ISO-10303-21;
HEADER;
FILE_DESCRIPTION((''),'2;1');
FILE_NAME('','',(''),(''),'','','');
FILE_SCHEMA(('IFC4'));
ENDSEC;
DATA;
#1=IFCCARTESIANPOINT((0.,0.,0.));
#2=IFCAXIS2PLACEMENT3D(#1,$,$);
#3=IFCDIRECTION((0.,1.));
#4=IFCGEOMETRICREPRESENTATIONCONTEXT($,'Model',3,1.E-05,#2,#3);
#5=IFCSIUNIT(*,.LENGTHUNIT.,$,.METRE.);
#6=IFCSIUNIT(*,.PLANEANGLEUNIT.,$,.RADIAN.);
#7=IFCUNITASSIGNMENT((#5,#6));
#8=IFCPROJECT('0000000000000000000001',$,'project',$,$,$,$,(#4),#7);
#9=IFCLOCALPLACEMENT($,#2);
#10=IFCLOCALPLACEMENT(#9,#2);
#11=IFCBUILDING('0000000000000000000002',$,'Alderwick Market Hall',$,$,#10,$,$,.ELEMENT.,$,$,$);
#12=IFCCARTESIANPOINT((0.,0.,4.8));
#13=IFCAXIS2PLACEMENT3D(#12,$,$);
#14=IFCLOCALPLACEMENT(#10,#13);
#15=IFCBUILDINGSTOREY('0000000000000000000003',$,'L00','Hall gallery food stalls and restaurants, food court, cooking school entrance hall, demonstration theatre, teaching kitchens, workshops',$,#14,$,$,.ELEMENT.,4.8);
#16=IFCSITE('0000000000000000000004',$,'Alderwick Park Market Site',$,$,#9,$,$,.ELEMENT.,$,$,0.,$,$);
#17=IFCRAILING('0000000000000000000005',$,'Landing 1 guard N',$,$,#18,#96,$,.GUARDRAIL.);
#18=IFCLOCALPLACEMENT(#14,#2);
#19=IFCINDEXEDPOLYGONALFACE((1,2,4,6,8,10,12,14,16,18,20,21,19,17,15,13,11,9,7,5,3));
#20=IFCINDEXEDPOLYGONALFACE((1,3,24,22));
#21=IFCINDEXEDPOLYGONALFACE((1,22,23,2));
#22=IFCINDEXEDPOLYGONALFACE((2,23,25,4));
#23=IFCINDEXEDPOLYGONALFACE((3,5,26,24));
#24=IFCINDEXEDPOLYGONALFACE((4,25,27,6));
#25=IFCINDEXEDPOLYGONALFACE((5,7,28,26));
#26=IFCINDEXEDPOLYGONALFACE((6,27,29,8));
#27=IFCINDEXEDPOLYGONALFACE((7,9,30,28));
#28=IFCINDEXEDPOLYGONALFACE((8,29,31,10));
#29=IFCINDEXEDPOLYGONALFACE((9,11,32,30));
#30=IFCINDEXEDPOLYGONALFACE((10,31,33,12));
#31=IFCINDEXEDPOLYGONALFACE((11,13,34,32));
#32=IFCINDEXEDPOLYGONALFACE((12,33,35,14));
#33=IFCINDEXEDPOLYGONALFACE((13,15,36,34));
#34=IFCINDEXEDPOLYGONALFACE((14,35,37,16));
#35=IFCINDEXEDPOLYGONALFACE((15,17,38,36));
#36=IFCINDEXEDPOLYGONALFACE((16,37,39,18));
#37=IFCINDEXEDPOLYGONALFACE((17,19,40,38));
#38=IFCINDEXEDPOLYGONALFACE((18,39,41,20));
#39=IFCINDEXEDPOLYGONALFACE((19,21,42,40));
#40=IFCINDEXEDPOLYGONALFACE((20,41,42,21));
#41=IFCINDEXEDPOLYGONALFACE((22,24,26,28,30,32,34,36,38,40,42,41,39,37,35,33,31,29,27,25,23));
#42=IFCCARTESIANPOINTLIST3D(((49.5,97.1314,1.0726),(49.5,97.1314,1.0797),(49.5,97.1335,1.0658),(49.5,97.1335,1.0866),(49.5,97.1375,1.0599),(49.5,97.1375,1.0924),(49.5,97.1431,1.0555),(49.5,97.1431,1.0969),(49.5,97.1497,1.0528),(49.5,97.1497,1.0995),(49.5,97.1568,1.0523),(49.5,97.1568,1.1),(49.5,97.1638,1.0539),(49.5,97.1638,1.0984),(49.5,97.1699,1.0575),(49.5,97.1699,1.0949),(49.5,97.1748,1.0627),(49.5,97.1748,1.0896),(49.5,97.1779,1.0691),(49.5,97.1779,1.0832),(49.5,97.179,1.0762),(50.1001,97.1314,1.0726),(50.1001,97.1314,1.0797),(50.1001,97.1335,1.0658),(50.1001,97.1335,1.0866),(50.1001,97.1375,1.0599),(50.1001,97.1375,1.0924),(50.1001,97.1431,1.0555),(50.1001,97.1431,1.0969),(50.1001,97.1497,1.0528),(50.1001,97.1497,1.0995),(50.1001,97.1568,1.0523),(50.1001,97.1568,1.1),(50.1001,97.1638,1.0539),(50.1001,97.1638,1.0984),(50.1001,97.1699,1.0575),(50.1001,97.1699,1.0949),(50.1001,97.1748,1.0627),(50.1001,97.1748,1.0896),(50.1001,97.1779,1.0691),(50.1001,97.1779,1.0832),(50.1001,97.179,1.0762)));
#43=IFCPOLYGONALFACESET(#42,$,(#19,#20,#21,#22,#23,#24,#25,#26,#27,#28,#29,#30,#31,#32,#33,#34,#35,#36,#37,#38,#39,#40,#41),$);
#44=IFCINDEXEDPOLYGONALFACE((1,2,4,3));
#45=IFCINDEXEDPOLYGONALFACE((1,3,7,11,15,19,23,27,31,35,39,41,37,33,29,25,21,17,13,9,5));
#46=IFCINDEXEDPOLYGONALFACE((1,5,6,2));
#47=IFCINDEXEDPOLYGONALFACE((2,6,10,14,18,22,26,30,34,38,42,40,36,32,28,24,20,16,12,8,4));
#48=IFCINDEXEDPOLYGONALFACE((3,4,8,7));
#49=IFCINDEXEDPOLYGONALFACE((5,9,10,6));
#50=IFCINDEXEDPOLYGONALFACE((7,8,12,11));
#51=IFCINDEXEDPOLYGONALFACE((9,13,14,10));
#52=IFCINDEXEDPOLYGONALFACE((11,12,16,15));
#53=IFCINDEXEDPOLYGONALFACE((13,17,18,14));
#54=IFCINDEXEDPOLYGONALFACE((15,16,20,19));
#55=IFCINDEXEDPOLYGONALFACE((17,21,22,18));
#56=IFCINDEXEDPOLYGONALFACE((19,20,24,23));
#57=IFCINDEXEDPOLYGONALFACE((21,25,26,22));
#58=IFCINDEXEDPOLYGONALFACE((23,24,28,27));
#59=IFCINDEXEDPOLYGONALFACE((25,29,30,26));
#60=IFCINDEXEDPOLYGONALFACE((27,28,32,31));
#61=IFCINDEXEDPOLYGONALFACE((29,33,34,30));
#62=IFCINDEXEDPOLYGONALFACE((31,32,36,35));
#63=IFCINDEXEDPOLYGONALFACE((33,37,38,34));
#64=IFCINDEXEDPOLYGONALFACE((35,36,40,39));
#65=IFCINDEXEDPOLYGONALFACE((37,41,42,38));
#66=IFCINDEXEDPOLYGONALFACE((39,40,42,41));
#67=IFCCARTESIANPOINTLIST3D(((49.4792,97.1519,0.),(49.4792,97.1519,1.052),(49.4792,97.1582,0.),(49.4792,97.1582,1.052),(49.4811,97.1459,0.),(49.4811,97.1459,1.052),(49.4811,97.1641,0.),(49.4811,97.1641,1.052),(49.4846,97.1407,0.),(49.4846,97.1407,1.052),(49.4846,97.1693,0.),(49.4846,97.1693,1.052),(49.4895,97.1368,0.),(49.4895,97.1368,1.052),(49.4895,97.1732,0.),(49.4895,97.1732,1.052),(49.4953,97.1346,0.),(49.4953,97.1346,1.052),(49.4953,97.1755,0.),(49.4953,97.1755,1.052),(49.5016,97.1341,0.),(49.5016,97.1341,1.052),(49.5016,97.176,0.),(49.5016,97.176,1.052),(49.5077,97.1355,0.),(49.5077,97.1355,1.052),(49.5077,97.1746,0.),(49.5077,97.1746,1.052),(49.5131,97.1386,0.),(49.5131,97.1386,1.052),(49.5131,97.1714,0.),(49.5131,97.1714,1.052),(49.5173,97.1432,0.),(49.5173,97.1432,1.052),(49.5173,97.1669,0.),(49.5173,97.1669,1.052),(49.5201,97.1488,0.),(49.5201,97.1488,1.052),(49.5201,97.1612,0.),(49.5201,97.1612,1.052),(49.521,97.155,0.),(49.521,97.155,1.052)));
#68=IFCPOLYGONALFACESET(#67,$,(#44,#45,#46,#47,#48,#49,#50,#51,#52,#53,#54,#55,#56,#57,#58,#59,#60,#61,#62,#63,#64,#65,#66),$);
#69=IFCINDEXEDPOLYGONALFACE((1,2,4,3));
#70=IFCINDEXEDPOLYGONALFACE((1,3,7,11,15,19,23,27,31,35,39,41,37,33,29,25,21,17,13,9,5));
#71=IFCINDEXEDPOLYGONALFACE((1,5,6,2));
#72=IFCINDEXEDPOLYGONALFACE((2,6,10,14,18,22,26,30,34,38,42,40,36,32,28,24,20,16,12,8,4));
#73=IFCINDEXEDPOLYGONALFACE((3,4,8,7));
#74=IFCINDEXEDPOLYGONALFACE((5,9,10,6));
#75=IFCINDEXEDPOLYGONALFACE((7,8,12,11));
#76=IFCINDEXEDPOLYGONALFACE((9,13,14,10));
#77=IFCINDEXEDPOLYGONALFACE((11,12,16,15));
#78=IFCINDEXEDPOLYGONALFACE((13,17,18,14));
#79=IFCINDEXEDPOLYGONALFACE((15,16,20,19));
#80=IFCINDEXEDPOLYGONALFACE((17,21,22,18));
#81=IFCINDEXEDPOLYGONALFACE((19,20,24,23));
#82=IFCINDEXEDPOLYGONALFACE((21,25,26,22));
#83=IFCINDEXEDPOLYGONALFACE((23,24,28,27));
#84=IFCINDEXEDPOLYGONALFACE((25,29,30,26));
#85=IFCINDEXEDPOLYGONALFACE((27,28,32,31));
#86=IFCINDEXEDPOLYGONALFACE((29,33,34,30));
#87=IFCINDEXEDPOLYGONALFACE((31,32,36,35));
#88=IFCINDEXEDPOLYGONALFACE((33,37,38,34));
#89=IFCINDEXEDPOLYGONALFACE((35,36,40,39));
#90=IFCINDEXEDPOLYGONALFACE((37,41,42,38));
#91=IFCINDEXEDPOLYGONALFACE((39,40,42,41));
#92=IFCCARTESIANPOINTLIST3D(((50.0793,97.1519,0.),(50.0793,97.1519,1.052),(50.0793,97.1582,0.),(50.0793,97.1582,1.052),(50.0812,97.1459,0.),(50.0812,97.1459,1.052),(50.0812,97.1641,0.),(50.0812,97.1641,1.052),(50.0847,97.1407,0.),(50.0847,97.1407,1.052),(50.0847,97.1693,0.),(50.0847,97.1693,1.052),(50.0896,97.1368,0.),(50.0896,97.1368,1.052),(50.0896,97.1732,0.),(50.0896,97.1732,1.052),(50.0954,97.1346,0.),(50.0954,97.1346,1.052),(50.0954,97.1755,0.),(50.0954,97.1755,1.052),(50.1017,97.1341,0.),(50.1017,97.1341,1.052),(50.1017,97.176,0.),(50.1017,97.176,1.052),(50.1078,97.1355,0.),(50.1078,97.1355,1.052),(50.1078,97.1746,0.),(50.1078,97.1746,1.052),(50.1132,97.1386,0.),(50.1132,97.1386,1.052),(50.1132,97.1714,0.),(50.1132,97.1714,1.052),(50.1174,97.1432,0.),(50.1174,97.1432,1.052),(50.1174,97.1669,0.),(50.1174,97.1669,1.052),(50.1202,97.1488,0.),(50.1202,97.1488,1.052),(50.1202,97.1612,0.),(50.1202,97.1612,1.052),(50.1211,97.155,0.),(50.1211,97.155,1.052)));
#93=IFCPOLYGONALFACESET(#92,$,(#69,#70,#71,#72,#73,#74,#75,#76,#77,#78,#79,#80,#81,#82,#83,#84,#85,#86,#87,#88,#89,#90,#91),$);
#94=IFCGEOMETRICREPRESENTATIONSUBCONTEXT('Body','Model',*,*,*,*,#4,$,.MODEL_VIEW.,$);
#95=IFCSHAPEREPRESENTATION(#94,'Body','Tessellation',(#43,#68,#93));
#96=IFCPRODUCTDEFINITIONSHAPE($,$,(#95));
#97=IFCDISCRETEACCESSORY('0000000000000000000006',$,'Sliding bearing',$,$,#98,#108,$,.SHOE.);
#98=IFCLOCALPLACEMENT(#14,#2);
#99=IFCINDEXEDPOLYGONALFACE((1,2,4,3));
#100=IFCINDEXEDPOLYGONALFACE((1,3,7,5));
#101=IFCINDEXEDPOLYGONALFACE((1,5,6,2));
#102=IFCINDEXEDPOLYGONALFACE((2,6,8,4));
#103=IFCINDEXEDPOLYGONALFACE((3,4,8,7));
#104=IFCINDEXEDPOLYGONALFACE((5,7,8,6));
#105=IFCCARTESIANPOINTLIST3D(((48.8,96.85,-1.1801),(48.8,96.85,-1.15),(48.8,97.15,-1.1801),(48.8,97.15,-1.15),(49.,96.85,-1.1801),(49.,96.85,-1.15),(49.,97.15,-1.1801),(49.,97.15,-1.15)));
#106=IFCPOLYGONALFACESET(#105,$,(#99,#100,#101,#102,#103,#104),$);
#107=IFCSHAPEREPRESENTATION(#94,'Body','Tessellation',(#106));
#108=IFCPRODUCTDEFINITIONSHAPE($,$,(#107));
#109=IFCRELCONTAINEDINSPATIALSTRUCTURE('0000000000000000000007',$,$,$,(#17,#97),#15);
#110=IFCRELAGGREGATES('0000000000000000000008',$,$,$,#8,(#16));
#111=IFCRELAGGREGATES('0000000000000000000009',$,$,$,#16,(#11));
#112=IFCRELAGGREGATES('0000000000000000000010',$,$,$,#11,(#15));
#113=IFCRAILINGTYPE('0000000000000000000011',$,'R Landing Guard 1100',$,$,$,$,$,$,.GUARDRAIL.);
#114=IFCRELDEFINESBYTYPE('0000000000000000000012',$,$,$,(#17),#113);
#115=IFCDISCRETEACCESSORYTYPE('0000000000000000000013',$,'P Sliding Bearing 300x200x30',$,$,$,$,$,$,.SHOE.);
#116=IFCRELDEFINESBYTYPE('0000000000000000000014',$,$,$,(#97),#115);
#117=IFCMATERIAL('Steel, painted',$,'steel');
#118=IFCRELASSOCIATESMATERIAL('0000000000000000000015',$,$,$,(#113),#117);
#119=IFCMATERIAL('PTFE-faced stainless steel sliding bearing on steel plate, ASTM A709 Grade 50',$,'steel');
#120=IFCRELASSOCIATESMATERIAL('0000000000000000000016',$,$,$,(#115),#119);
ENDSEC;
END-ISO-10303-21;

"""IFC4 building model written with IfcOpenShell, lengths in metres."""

from ifc_helpers import new_model, si_unit, direction, frame, origin, origin_2d, place, context, subcontext, project, spatial, rectangle, circle, extrude, material, material_profile, profile_set, type_object, element, save


model = new_model("IFC4")

# Units and contexts
model_context = context("Model", 3, precision=1e-05, world=origin(), true_north=direction((0.0, 1.0)))
body_context = subcontext(model_context, "Body", "Model", "MODEL_VIEW")
ifc_project = project(units=[si_unit("LENGTHUNIT", "METRE"), si_unit("PLANEANGLEUNIT", "RADIAN")], contexts=[model_context])

# Site, building, storey
site_placement = place(None, origin())
site = spatial("IfcSite", under=ifc_project, at=site_placement, Name="Alderwick Park Market Site", CompositionType="ELEMENT", RefElevation=0.0)
building_placement = place(site_placement, origin())
building = spatial("IfcBuilding", under=site, at=building_placement, Name="Alderwick Market Hall", CompositionType="ELEMENT")
storey_placement = place(building_placement, frame((0.0, 0.0, 4.8)))
storey = spatial("IfcBuildingStorey", under=building, at=storey_placement, Name="L00", Description="Hall gallery food stalls and restaurants, food court, cooking school entrance hall, demonstration theatre, teaching kitchens, workshops", CompositionType="ELEMENT", Elevation=4.8)

# Railing
ifc_material_1 = material(Name="Steel, painted", Category="steel")
railing_type_1 = type_object("IfcRailingType", Name="R Landing Guard 1100", PredefinedType="GUARDRAIL", material=ifc_material_1)
railing_1_placement = place(storey_placement, frame((49.5, 97.155, 0.0)))
element("IfcRailing", 1, at=railing_1_placement, inside=storey, type_object=railing_type_1, Name="Landing 1 guard N", PredefinedType="GUARDRAIL", context=body_context, shape_type="SweptSolid", body=[
    extrude(circle(Radius=0.0239, at=origin_2d()), frame((0.0, 0.0, 1.0762), z_axis=(1.0, 0.0, 0.0), x_axis=(0.0, 1.0, 0.0)), (0.0, 0.0, 1.0), 0.6001),
    extrude(circle(Radius=0.021, at=origin_2d()), origin(), (0.0, 0.0, 1.0), 1.052),
    extrude(circle(Radius=0.021, at=origin_2d()), frame((0.6001, 0.0, 0.0)), (0.0, 0.0, 1.0), 1.052),
])

# Discrete accessory
ifc_material_2 = material(Name="PTFE-faced stainless steel sliding bearing on steel plate, ASTM A709 Grade 50", Category="steel")
ifc_material_profile_1 = material_profile(ifc_material_2, rectangle(XDim=0.3, YDim=0.03, at=origin_2d()), Name="P Sliding Bearing 300x200x30")
ifc_profile_set_1 = profile_set([ifc_material_profile_1], Name="PTFE-faced stainless steel sliding bearing on steel plate, ASTM A709 Grade 50")
discrete_accessory_type = type_object("IfcDiscreteAccessoryType", Name="P Sliding Bearing 300x200x30", PredefinedType="SHOE", material=ifc_profile_set_1)
discrete_accessory_placement = place(storey_placement, frame((48.8, 97.0, -1.165), z_axis=(1.0, 0.0, 0.0), x_axis=(0.0, 1.0, 0.0)))
element("IfcDiscreteAccessory", 2, at=discrete_accessory_placement, inside=storey, type_object=discrete_accessory_type, Name="Sliding bearing", PredefinedType="SHOE", context=body_context, shape_type="SweptSolid", body=[
    extrude(rectangle(XDim=0.3, YDim=0.03, at=origin_2d()), origin(), (0.0, 0.0, 1.0), 0.2),
])

save(model, "model.ifc")
